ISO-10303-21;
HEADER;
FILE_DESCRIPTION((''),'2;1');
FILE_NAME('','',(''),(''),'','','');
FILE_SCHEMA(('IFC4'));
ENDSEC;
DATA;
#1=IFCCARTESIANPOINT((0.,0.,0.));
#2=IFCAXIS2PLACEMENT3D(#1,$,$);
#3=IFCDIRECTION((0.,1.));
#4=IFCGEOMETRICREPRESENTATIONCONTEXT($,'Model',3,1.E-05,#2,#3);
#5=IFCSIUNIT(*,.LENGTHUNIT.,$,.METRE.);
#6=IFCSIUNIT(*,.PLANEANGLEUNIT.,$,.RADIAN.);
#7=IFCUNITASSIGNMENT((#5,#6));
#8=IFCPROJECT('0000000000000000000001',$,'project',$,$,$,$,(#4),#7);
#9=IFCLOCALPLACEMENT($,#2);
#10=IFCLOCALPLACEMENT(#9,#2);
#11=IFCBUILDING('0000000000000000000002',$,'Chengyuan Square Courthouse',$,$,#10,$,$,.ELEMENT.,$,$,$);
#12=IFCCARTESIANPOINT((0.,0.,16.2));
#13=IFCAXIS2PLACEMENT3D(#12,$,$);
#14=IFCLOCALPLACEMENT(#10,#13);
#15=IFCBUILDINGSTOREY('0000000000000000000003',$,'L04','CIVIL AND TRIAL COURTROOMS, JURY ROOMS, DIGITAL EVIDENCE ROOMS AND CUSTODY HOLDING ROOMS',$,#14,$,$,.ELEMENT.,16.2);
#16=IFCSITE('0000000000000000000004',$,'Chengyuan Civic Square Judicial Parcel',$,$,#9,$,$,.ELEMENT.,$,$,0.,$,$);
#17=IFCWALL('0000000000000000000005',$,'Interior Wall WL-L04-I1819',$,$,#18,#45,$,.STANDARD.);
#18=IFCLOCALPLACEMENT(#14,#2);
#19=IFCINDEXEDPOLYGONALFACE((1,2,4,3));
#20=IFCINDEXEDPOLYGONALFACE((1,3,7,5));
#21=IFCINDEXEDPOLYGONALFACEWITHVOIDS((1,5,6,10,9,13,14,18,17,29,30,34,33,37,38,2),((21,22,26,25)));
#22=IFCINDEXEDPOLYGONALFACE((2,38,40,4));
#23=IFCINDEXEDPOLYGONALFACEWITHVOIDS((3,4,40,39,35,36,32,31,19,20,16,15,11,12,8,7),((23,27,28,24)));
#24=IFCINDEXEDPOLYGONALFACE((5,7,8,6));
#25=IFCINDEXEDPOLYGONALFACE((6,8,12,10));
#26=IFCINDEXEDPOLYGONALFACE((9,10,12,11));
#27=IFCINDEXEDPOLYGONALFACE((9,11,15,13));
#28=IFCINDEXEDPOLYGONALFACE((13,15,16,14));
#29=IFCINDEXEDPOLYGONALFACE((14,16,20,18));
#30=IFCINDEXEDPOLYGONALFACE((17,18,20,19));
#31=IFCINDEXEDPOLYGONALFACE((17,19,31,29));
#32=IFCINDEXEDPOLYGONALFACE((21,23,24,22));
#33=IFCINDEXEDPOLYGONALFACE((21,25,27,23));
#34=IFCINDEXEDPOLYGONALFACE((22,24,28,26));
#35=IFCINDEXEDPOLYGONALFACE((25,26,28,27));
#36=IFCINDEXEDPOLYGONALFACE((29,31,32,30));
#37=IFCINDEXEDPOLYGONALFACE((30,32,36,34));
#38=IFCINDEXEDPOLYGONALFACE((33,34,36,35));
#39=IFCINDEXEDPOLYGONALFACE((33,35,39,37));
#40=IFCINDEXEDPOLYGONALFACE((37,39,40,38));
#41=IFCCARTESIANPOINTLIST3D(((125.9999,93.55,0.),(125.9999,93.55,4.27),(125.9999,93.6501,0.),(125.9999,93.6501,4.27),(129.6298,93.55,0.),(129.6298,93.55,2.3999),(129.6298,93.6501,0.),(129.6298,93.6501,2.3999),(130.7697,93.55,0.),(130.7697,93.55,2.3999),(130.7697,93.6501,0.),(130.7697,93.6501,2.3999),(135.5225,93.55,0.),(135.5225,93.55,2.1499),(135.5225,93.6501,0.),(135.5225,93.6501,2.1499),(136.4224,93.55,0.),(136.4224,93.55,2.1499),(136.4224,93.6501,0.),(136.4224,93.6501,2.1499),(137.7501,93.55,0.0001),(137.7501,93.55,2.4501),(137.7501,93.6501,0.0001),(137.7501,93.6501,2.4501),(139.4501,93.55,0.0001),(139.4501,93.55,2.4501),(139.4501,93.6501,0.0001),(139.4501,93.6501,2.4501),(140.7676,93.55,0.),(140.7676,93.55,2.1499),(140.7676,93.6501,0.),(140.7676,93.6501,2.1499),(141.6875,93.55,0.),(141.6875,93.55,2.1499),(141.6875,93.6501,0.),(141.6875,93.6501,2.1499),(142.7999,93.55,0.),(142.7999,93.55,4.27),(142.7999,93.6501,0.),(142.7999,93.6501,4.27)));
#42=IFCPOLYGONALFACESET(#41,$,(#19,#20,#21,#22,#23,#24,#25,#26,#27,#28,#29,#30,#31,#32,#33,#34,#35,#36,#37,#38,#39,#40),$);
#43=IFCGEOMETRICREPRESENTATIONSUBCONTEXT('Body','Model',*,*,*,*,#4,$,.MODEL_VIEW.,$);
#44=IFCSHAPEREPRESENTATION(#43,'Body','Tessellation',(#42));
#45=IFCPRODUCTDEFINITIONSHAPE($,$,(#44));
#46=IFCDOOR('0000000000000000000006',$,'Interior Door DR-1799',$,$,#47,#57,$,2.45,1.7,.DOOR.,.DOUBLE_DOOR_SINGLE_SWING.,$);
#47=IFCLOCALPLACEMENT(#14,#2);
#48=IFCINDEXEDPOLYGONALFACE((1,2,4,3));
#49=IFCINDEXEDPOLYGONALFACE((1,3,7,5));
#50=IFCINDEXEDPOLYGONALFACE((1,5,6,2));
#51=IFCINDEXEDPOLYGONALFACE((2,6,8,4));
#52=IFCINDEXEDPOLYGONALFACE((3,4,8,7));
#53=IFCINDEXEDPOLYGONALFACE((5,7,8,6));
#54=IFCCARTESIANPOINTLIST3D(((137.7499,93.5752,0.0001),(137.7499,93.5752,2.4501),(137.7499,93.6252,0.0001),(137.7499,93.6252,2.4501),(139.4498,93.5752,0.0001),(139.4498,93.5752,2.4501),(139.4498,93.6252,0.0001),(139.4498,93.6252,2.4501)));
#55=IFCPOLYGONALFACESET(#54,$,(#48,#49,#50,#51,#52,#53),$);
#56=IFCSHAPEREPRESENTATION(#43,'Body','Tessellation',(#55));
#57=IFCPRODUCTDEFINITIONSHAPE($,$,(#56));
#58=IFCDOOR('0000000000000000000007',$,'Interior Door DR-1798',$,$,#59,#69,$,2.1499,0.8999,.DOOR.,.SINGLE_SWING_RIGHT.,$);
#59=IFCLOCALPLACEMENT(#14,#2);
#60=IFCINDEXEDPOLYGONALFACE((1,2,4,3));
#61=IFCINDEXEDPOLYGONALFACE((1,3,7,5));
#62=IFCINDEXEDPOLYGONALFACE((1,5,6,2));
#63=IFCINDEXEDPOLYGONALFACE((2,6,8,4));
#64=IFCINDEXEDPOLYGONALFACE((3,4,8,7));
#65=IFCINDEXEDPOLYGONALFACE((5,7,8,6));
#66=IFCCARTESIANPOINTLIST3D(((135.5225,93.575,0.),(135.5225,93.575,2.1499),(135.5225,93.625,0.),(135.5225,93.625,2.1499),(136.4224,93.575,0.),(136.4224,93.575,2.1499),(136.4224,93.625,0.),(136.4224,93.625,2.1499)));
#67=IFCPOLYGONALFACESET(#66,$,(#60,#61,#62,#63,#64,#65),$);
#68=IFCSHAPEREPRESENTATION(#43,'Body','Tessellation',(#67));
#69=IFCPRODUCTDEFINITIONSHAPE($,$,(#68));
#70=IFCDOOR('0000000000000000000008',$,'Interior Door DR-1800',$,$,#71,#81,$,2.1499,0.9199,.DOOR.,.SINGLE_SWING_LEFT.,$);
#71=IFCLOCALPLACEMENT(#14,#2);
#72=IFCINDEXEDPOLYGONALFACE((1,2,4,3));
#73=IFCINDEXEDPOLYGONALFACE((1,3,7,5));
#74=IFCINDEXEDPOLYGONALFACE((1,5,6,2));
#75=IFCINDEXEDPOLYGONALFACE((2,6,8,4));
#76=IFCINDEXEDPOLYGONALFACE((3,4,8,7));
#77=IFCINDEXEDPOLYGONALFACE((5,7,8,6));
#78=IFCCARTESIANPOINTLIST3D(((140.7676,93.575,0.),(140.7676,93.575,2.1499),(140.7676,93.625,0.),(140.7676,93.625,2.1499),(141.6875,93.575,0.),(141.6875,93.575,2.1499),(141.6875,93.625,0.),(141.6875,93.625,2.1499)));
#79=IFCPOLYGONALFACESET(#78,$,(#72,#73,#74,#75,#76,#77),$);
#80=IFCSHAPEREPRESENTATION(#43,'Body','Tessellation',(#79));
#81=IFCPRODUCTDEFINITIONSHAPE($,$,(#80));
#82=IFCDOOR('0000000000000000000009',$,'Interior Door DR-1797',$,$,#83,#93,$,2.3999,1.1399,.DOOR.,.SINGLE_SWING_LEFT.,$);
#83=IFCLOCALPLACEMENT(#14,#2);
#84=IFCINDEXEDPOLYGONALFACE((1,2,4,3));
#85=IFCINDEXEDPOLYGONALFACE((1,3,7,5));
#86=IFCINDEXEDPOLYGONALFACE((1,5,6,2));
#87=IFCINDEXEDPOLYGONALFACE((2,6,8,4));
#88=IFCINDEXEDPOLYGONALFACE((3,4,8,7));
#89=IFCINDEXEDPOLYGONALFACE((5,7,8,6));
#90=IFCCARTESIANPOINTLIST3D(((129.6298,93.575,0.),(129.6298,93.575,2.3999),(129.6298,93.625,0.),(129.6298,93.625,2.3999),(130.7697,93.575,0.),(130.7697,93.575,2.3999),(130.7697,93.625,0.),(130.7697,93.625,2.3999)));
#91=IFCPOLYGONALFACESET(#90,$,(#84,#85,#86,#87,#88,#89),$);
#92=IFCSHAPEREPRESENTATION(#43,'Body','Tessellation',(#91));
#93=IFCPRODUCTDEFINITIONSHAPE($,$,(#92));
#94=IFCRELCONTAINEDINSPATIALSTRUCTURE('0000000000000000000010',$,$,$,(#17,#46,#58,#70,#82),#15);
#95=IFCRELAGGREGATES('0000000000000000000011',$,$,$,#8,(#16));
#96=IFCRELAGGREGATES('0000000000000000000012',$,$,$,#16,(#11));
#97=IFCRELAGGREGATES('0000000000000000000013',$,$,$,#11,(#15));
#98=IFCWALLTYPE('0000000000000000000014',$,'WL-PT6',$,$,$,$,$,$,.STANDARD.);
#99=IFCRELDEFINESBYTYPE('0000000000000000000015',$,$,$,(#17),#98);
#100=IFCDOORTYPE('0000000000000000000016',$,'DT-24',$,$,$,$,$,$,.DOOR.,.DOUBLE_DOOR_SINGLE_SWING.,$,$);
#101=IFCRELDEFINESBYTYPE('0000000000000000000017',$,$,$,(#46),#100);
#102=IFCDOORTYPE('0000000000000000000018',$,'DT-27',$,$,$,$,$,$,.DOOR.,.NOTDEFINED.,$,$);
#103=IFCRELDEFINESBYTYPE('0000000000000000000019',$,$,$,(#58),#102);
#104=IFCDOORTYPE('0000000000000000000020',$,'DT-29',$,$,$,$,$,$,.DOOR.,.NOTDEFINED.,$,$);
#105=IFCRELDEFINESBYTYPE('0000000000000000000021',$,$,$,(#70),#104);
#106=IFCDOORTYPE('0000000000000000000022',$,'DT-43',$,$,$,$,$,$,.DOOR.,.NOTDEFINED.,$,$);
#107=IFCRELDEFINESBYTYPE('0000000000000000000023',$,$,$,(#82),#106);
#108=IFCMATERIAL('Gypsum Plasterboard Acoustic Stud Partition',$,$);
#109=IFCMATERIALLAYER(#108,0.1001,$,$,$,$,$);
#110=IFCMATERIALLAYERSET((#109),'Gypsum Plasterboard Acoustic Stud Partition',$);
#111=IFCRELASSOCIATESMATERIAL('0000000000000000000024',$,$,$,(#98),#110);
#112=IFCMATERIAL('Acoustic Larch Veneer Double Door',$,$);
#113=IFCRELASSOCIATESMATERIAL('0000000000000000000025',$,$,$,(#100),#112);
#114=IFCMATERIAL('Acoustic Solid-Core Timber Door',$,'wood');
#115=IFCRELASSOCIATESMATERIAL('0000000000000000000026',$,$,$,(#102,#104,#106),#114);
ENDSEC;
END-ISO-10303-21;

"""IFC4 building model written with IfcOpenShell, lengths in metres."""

from ifc_helpers import new_model, si_unit, direction, frame, frame_2d, origin, place, context, subcontext, project, spatial, rectangle, extrude, material, layer, layer_set, type_object, element, fill, save


model = new_model("IFC4")

# Units and contexts
model_context = context("Model", 3, precision=1e-05, world=origin(), true_north=direction((0.0, 1.0)))
body_context = subcontext(model_context, "Body", "Model", "MODEL_VIEW")
ifc_project = project(units=[si_unit("LENGTHUNIT", "METRE"), si_unit("PLANEANGLEUNIT", "RADIAN")], contexts=[model_context])

# Site, building, storey
site_placement = place(None, origin())
site = spatial("IfcSite", under=ifc_project, at=site_placement, Name="Chengyuan Civic Square Judicial Parcel", CompositionType="ELEMENT", RefElevation=0.0)
building_placement = place(site_placement, origin())
building = spatial("IfcBuilding", under=site, at=building_placement, Name="Chengyuan Square Courthouse", CompositionType="ELEMENT")
storey_placement = place(building_placement, frame((0.0, 0.0, 16.2)))
storey = spatial("IfcBuildingStorey", under=building, at=storey_placement, Name="L04", Description="CIVIL AND TRIAL COURTROOMS, JURY ROOMS, DIGITAL EVIDENCE ROOMS AND CUSTODY HOLDING ROOMS", CompositionType="ELEMENT", Elevation=16.2)

# Shared definitions
ifc_material_1 = material(Name="Acoustic Solid-Core Timber Door", Category="wood")

# Wall, openings, doors
ifc_material_2 = material(Name="Gypsum Plasterboard Acoustic Stud Partition")
ifc_layer_1 = layer(ifc_material_2, 0.1001)
ifc_layer_set_1 = layer_set([ifc_layer_1], Name="Gypsum Plasterboard Acoustic Stud Partition")
wall_type_1 = type_object("IfcWallType", Name="WL-PT6", PredefinedType="STANDARD", material=ifc_layer_set_1)
wall_1_placement = place(storey_placement, frame((126.0, 93.6001, 0.0), z_axis=(0.0, 0.0, 1.0), x_axis=(1.0, 0.0, 0.0)))
wall_1 = element("IfcWall", 1, at=wall_1_placement, inside=storey, type_object=wall_type_1, Name="Interior Wall WL-L04-I1819", PredefinedType="STANDARD", context=body_context, shape_type="SweptSolid", body=[
    extrude(rectangle(XDim=16.8, YDim=0.1001, at=frame_2d((8.3999, 0.0))), origin(), (0.0, 0.0, 1.0), 4.27),
])
opening_1_placement = place(wall_1_placement, frame((3.6299, 0.0, 0.0)))
opening_1 = element("IfcOpeningElement", 2, at=opening_1_placement, cuts=wall_1, PredefinedType="OPENING", context=body_context, shape_type="SweptSolid", body=[
    extrude(rectangle(XDim=1.1399, YDim=2.3999, at=frame_2d((0.5698, 1.2))), frame((0.0, 0.062, 0.0), z_axis=(0.0, -1.0, 0.0), x_axis=(1.0, 0.0, 0.0)), (0.0, 0.0, 1.0), 0.124),
])
opening_2_placement = place(wall_1_placement, frame((9.5225, 0.0, 0.0)))
opening_2 = element("IfcOpeningElement", 3, at=opening_2_placement, cuts=wall_1, PredefinedType="OPENING", context=body_context, shape_type="SweptSolid", body=[
    extrude(rectangle(XDim=0.8999, YDim=2.1499, at=frame_2d((0.45, 1.075))), frame((0.0, 0.062, 0.0), z_axis=(0.0, -1.0, 0.0), x_axis=(1.0, 0.0, 0.0)), (0.0, 0.0, 1.0), 0.124),
])
opening_3_placement = place(wall_1_placement, frame((11.75, 0.0, 0.0)))
opening_3 = element("IfcOpeningElement", 4, at=opening_3_placement, cuts=wall_1, PredefinedType="OPENING", context=body_context, shape_type="SweptSolid", body=[
    extrude(rectangle(XDim=1.7, YDim=2.45, at=frame_2d((0.8501, 1.2251))), frame((0.0, 0.062, 0.0), z_axis=(0.0, -1.0, 0.0), x_axis=(1.0, 0.0, 0.0)), (0.0, 0.0, 1.0), 0.124),
])
opening_4_placement = place(wall_1_placement, frame((14.7676, 0.0, 0.0)))
opening_4 = element("IfcOpeningElement", 5, at=opening_4_placement, cuts=wall_1, PredefinedType="OPENING", context=body_context, shape_type="SweptSolid", body=[
    extrude(rectangle(XDim=0.9199, YDim=2.1499, at=frame_2d((0.46, 1.075))), frame((0.0, 0.062, 0.0), z_axis=(0.0, -1.0, 0.0), x_axis=(1.0, 0.0, 0.0)), (0.0, 0.0, 1.0), 0.124),
])
ifc_material_3 = material(Name="Acoustic Larch Veneer Double Door")
door_type_1 = type_object("IfcDoorType", Name="DT-24", OperationType="DOUBLE_DOOR_SINGLE_SWING", PredefinedType="DOOR", material=ifc_material_3)
door_1_placement = place(opening_3_placement, frame((1.7, 0.0, 0.0), z_axis=(0.0, 0.0, 1.0), x_axis=(-1.0, 0.0, 0.0)))
door_1 = element("IfcDoor", 6, at=door_1_placement, inside=storey, type_object=door_type_1, Name="Interior Door DR-1799", OperationType="DOUBLE_DOOR_SINGLE_SWING", OverallHeight=2.45, OverallWidth=1.7, PredefinedType="DOOR", context=body_context, shape_type="SweptSolid", body=[
    extrude(rectangle(XDim=1.7, YDim=2.45, at=frame_2d((0.8501, 1.2251))), frame((0.0, 0.0249, 0.0), z_axis=(0.0, -1.0, 0.0), x_axis=(1.0, 0.0, 0.0)), (0.0, 0.0, 1.0), 0.05),
])
fill(opening_3, door_1)
door_type_2 = type_object("IfcDoorType", Name="DT-27", OperationType="NOTDEFINED", PredefinedType="DOOR", material=ifc_material_1)
door_2_placement = place(opening_2_placement, origin())
door_2 = element("IfcDoor", 7, at=door_2_placement, inside=storey, type_object=door_type_2, Name="Interior Door DR-1798", OperationType="SINGLE_SWING_RIGHT", OverallHeight=2.1499, OverallWidth=0.8999, PredefinedType="DOOR", context=body_context, shape_type="SweptSolid", body=[
    extrude(rectangle(XDim=0.8999, YDim=2.1499, at=frame_2d((0.45, 1.075))), frame((0.0, 0.0249, 0.0), z_axis=(0.0, -1.0, 0.0), x_axis=(1.0, 0.0, 0.0)), (0.0, 0.0, 1.0), 0.05),
])
fill(opening_2, door_2)
door_type_3 = type_object("IfcDoorType", Name="DT-29", OperationType="NOTDEFINED", PredefinedType="DOOR", material=ifc_material_1)
door_3_placement = place(opening_4_placement, origin())
door_3 = element("IfcDoor", 8, at=door_3_placement, inside=storey, type_object=door_type_3, Name="Interior Door DR-1800", OperationType="SINGLE_SWING_LEFT", OverallHeight=2.1499, OverallWidth=0.9199, PredefinedType="DOOR", context=body_context, shape_type="SweptSolid", body=[
    extrude(rectangle(XDim=0.9199, YDim=2.1499, at=frame_2d((0.46, 1.075))), frame((0.0, 0.0249, 0.0), z_axis=(0.0, -1.0, 0.0), x_axis=(1.0, 0.0, 0.0)), (0.0, 0.0, 1.0), 0.05),
])
fill(opening_4, door_3)
door_type_4 = type_object("IfcDoorType", Name="DT-43", OperationType="NOTDEFINED", PredefinedType="DOOR", material=ifc_material_1)
door_4_placement = place(opening_1_placement, origin())
door_4 = element("IfcDoor", 9, at=door_4_placement, inside=storey, type_object=door_type_4, Name="Interior Door DR-1797", OperationType="SINGLE_SWING_LEFT", OverallHeight=2.3999, OverallWidth=1.1399, PredefinedType="DOOR", context=body_context, shape_type="SweptSolid", body=[
    extrude(rectangle(XDim=1.1399, YDim=2.3999, at=frame_2d((0.5698, 1.2))), frame((0.0, 0.0249, 0.0), z_axis=(0.0, -1.0, 0.0), x_axis=(1.0, 0.0, 0.0)), (0.0, 0.0, 1.0), 0.05),
])
fill(opening_1, door_4)

save(model, "model.ifc")
